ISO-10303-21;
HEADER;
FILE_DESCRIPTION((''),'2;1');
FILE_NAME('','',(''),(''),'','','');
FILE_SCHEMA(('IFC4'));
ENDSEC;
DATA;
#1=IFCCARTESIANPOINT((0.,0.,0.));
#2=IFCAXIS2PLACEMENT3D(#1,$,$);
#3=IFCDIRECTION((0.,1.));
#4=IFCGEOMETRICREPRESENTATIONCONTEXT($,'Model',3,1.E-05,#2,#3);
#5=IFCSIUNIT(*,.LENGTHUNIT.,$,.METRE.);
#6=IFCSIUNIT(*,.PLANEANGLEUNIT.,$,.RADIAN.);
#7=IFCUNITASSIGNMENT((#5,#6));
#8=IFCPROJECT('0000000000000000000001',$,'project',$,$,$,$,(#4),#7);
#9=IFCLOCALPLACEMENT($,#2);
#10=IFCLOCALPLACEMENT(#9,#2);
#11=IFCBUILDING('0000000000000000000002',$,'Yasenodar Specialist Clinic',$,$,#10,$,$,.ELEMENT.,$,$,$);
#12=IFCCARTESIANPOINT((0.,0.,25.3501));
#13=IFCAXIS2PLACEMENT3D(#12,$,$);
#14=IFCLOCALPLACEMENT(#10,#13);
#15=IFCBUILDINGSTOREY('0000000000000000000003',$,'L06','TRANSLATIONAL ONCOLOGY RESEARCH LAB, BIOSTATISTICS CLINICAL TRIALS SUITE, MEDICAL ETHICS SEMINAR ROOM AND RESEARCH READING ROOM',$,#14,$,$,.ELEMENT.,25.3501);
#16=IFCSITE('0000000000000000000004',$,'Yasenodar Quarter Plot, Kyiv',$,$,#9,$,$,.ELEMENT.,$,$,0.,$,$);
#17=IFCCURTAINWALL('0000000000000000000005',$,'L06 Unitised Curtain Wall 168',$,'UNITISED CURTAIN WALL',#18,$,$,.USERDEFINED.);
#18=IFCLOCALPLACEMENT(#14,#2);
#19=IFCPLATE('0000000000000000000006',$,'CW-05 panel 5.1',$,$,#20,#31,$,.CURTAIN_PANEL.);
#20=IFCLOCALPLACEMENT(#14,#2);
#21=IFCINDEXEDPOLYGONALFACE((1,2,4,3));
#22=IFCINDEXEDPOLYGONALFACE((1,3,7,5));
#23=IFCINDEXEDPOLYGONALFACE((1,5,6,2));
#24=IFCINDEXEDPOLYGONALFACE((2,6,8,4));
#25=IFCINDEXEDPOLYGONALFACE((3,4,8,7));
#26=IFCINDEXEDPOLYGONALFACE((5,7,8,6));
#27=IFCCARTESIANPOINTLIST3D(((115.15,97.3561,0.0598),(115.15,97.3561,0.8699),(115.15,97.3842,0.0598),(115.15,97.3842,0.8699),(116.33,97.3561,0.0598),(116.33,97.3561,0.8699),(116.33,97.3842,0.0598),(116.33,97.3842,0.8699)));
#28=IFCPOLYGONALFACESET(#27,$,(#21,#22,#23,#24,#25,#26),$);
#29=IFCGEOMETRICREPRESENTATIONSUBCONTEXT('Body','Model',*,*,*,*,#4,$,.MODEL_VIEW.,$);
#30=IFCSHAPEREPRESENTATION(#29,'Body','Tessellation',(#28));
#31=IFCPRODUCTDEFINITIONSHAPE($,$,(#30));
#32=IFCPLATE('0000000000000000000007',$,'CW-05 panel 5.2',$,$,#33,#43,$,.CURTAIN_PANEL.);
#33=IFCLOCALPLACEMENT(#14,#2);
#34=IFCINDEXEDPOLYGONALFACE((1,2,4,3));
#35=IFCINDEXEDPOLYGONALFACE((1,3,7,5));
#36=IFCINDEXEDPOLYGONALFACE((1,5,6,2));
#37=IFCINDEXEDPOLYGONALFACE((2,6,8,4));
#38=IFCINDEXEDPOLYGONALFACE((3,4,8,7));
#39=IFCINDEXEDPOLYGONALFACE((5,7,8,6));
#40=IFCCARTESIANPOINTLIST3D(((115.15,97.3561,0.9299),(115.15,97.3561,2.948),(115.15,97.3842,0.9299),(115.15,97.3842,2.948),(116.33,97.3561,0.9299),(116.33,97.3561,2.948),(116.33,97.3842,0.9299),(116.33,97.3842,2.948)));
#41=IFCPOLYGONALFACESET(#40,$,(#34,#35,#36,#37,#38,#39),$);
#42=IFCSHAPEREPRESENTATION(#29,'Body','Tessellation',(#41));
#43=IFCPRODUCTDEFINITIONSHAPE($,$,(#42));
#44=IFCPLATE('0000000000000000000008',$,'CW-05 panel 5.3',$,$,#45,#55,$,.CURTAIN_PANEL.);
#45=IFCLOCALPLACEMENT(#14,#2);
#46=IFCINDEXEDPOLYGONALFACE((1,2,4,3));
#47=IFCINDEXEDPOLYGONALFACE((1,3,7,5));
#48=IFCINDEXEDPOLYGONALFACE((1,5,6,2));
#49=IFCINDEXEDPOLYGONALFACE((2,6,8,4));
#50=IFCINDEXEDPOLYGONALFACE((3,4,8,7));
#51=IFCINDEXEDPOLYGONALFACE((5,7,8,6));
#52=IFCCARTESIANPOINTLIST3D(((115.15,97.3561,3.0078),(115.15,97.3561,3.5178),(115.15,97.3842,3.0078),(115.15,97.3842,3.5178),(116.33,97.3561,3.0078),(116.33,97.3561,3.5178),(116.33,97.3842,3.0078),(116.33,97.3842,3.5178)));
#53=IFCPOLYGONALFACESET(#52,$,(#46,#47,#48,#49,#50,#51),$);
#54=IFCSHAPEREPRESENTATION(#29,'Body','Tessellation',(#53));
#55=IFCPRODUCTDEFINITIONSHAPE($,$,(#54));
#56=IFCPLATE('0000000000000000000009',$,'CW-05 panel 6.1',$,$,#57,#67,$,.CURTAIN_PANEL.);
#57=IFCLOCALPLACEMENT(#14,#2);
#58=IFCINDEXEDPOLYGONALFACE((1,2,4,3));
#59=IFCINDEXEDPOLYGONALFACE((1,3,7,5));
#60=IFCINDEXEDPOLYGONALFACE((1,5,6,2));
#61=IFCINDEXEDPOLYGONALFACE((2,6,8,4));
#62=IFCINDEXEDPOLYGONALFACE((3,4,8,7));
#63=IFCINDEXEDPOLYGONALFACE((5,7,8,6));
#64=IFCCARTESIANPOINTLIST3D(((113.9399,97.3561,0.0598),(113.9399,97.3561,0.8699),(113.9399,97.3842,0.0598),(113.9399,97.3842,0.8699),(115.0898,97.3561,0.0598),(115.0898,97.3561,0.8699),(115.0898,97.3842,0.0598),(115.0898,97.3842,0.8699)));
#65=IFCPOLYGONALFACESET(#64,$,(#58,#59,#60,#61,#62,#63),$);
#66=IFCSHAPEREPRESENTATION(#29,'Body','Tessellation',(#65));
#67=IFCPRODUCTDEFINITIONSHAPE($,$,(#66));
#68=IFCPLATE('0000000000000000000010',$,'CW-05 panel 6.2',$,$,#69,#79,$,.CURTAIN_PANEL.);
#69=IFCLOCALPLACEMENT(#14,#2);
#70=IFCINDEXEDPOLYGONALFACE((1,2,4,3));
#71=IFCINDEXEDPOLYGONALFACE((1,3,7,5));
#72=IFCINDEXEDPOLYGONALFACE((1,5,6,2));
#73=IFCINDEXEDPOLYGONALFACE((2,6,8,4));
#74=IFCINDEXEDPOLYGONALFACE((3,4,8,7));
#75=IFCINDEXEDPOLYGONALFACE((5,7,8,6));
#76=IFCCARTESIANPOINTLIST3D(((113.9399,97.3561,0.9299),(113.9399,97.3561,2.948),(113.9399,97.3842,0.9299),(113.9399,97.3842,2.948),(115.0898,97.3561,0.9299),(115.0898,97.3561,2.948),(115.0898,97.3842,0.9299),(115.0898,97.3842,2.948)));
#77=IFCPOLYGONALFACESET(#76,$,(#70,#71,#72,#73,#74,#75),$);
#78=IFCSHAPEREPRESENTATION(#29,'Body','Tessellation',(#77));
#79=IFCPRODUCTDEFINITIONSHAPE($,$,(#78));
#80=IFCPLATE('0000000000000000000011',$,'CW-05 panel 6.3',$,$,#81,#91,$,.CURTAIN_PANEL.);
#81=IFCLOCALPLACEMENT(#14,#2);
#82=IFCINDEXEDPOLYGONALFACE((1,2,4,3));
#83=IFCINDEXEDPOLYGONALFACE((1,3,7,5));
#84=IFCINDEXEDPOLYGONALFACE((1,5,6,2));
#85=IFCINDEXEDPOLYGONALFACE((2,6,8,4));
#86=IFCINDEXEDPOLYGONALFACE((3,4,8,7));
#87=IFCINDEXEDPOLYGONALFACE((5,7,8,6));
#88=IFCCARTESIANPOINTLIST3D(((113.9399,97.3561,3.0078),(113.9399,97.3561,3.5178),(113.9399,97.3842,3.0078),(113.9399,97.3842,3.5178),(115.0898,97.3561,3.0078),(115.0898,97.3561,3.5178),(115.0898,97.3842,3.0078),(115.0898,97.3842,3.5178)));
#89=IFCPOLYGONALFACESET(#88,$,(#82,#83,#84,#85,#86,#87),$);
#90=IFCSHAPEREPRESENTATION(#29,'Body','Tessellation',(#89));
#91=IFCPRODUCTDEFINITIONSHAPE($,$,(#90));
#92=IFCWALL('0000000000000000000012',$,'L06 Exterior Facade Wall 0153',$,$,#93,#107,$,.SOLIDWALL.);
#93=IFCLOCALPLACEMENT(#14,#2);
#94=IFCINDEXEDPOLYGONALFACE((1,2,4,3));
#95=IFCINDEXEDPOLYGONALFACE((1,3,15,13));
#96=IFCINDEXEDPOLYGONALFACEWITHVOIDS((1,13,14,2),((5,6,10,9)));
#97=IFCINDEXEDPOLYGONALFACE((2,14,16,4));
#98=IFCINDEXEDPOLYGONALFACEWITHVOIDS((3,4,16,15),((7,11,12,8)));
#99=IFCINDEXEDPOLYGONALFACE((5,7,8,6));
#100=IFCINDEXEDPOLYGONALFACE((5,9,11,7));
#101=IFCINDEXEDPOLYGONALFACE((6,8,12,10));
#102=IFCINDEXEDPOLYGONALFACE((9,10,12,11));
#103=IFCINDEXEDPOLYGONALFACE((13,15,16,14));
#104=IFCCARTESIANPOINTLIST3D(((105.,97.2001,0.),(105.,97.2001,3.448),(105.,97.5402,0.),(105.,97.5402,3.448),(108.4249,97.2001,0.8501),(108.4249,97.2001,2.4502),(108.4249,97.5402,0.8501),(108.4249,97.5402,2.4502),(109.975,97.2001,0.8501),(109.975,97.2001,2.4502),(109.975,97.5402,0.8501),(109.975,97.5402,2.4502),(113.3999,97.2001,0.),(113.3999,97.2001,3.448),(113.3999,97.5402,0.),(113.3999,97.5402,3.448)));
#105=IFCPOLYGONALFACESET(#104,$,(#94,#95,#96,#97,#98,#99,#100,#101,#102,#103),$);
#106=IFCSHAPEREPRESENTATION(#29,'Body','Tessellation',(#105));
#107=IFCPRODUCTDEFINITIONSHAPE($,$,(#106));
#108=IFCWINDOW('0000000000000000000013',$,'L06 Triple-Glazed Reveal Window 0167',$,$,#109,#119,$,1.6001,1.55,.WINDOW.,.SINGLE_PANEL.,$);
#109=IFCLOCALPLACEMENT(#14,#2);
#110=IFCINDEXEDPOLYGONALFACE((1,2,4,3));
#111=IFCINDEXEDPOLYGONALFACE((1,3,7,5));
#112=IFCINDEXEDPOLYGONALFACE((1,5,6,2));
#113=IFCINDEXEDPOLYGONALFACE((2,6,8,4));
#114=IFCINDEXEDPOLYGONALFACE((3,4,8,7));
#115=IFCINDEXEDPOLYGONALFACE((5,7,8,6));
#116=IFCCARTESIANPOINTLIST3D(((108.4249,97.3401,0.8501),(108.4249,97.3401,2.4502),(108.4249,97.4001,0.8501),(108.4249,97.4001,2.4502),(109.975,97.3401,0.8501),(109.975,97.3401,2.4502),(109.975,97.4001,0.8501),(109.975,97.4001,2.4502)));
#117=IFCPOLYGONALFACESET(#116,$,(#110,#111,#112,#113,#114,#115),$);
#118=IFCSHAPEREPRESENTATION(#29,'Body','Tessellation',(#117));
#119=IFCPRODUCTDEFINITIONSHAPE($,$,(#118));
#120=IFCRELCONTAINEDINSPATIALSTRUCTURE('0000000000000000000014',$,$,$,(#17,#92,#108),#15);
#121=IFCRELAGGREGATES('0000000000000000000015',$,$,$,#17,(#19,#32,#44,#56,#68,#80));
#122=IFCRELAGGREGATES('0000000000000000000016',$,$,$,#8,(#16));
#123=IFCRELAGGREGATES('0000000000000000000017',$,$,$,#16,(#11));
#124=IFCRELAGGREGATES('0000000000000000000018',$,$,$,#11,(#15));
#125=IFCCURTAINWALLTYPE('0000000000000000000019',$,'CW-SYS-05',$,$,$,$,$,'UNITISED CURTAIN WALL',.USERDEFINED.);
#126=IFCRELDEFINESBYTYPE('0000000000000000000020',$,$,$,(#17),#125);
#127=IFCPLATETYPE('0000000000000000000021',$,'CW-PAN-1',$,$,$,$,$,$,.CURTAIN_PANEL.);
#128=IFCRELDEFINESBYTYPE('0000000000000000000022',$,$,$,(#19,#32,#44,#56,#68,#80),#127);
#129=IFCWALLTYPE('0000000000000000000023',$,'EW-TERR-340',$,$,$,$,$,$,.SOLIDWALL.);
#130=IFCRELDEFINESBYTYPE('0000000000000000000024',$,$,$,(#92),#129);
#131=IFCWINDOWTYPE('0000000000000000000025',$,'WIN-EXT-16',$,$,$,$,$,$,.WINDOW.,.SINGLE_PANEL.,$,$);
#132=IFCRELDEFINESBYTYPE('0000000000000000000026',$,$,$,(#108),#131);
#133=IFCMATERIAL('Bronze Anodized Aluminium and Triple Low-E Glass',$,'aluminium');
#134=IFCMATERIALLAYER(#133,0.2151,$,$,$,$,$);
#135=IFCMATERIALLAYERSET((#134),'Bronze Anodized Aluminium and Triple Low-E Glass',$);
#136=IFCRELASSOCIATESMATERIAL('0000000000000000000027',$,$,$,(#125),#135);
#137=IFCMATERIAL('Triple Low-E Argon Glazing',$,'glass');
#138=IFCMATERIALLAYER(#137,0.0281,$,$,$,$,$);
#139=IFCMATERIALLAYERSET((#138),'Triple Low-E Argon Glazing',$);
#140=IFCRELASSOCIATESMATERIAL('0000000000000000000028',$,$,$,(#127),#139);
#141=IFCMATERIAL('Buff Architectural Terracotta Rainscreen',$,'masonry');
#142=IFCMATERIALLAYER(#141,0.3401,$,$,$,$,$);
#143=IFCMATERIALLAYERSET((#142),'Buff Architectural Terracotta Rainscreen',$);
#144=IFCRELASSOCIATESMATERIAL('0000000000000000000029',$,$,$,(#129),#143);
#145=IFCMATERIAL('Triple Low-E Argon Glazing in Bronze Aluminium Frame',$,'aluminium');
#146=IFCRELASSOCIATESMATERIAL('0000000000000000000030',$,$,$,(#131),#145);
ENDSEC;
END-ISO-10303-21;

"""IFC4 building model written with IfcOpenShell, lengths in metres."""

from ifc_helpers import new_model, si_unit, direction, frame, frame_2d, origin, origin_2d, place, context, subcontext, project, spatial, rectangle, extrude, material, layer, layer_set, type_object, element, fill, aggregate, save


model = new_model("IFC4")

# Units and contexts
model_context = context("Model", 3, precision=1e-05, world=origin(), true_north=direction((0.0, 1.0)))
body_context = subcontext(model_context, "Body", "Model", "MODEL_VIEW")
ifc_project = project(units=[si_unit("LENGTHUNIT", "METRE"), si_unit("PLANEANGLEUNIT", "RADIAN")], contexts=[model_context])

# Site, building, storey
site_placement = place(None, origin())
site = spatial("IfcSite", under=ifc_project, at=site_placement, Name="Yasenodar Quarter Plot, Kyiv", CompositionType="ELEMENT", RefElevation=0.0)
building_placement = place(site_placement, origin())
building = spatial("IfcBuilding", under=site, at=building_placement, Name="Yasenodar Specialist Clinic", CompositionType="ELEMENT")
storey_placement = place(building_placement, frame((0.0, 0.0, 25.3501)))
storey = spatial("IfcBuildingStorey", under=building, at=storey_placement, Name="L06", Description="TRANSLATIONAL ONCOLOGY RESEARCH LAB, BIOSTATISTICS CLINICAL TRIALS SUITE, MEDICAL ETHICS SEMINAR ROOM AND RESEARCH READING ROOM", CompositionType="ELEMENT", Elevation=25.3501)

# Curtain wall, plates
ifc_material_1 = material(Name="Bronze Anodized Aluminium and Triple Low-E Glass", Category="aluminium")
ifc_layer_1 = layer(ifc_material_1, 0.2151)
ifc_layer_set_1 = layer_set([ifc_layer_1], Name="Bronze Anodized Aluminium and Triple Low-E Glass")
curtain_wall_type = type_object("IfcCurtainWallType", Name="CW-SYS-05", ElementType="UNITISED CURTAIN WALL", PredefinedType="USERDEFINED", material=ifc_layer_set_1)
curtain_wall_placement = place(storey_placement, origin())
curtain_wall = element("IfcCurtainWall", 1, at=curtain_wall_placement, inside=storey, type_object=curtain_wall_type, Name="L06 Unitised Curtain Wall 168", ObjectType="UNITISED CURTAIN WALL", PredefinedType="USERDEFINED")
ifc_material_2 = material(Name="Triple Low-E Argon Glazing", Category="glass")
ifc_layer_2 = layer(ifc_material_2, 0.0281)
ifc_layer_set_2 = layer_set([ifc_layer_2], Name="Triple Low-E Argon Glazing")
plate_type = type_object("IfcPlateType", Name="CW-PAN-1", PredefinedType="CURTAIN_PANEL", material=ifc_layer_set_2)
plate_1_placement = place(storey_placement, frame((115.74, 97.3701, 0.0598), z_axis=(0.0, 0.0, 1.0), x_axis=(-1.0, 0.0, 0.0)))
plate_1 = element("IfcPlate", 2, at=plate_1_placement, type_object=plate_type, Name="CW-05 panel 5.1", PredefinedType="CURTAIN_PANEL", context=body_context, shape_type="SweptSolid", body=[
    extrude(rectangle(XDim=1.1799, YDim=0.0281, at=origin_2d()), origin(), (0.0, 0.0, 1.0), 0.8101),
])
plate_2_placement = place(storey_placement, frame((115.74, 97.3701, 0.9299), z_axis=(0.0, 0.0, 1.0), x_axis=(-1.0, 0.0, 0.0)))
plate_2 = element("IfcPlate", 3, at=plate_2_placement, type_object=plate_type, Name="CW-05 panel 5.2", PredefinedType="CURTAIN_PANEL", context=body_context, shape_type="SweptSolid", body=[
    extrude(rectangle(XDim=1.1799, YDim=0.0281, at=origin_2d()), origin(), (0.0, 0.0, 1.0), 2.0181),
])
plate_3_placement = place(storey_placement, frame((115.74, 97.3701, 3.0078), z_axis=(0.0, 0.0, 1.0), x_axis=(-1.0, 0.0, 0.0)))
plate_3 = element("IfcPlate", 4, at=plate_3_placement, type_object=plate_type, Name="CW-05 panel 5.3", PredefinedType="CURTAIN_PANEL", context=body_context, shape_type="SweptSolid", body=[
    extrude(rectangle(XDim=1.1799, YDim=0.0281, at=origin_2d()), origin(), (0.0, 0.0, 1.0), 0.51),
])
plate_4_placement = place(storey_placement, frame((114.5149, 97.3701, 0.0598), z_axis=(0.0, 0.0, 1.0), x_axis=(-1.0, 0.0, 0.0)))
plate_4 = element("IfcPlate", 5, at=plate_4_placement, type_object=plate_type, Name="CW-05 panel 6.1", PredefinedType="CURTAIN_PANEL", context=body_context, shape_type="SweptSolid", body=[
    extrude(rectangle(XDim=1.1499, YDim=0.0281, at=origin_2d()), origin(), (0.0, 0.0, 1.0), 0.8101),
])
plate_5_placement = place(storey_placement, frame((114.5149, 97.3701, 0.9299), z_axis=(0.0, 0.0, 1.0), x_axis=(-1.0, 0.0, 0.0)))
plate_5 = element("IfcPlate", 6, at=plate_5_placement, type_object=plate_type, Name="CW-05 panel 6.2", PredefinedType="CURTAIN_PANEL", context=body_context, shape_type="SweptSolid", body=[
    extrude(rectangle(XDim=1.1499, YDim=0.0281, at=origin_2d()), origin(), (0.0, 0.0, 1.0), 2.0181),
])
plate_6_placement = place(storey_placement, frame((114.5149, 97.3701, 3.0078), z_axis=(0.0, 0.0, 1.0), x_axis=(-1.0, 0.0, 0.0)))
plate_6 = element("IfcPlate", 7, at=plate_6_placement, type_object=plate_type, Name="CW-05 panel 6.3", PredefinedType="CURTAIN_PANEL", context=body_context, shape_type="SweptSolid", body=[
    extrude(rectangle(XDim=1.1499, YDim=0.0281, at=origin_2d()), origin(), (0.0, 0.0, 1.0), 0.51),
])
aggregate(curtain_wall, [plate_1, plate_2, plate_3, plate_4, plate_5, plate_6])

# Wall, opening, window
ifc_material_3 = material(Name="Buff Architectural Terracotta Rainscreen", Category="masonry")
ifc_layer_3 = layer(ifc_material_3, 0.3401)
ifc_layer_set_3 = layer_set([ifc_layer_3], Name="Buff Architectural Terracotta Rainscreen")
wall_type = type_object("IfcWallType", Name="EW-TERR-340", PredefinedType="SOLIDWALL", material=ifc_layer_set_3)
wall_placement = place(storey_placement, frame((113.3999, 97.3701, 0.0), z_axis=(0.0, 0.0, 1.0), x_axis=(-1.0, 0.0, 0.0)))
wall = element("IfcWall", 8, at=wall_placement, inside=storey, type_object=wall_type, Name="L06 Exterior Facade Wall 0153", PredefinedType="SOLIDWALL", context=body_context, shape_type="SweptSolid", body=[
    extrude(rectangle(XDim=8.3999, YDim=0.3401, at=frame_2d((4.2, 0.0))), origin(), (0.0, 0.0, 1.0), 3.448),
])
opening_placement = place(wall_placement, frame((3.425, 0.0, 0.8501)))
opening = element("IfcOpeningElement", 9, at=opening_placement, cuts=wall, PredefinedType="OPENING", context=body_context, shape_type="SweptSolid", body=[
    extrude(rectangle(XDim=1.55, YDim=1.6001, at=frame_2d((0.7749, 0.8))), frame((0.0, 0.1802, 0.0), z_axis=(0.0, -1.0, 0.0), x_axis=(1.0, 0.0, 0.0)), (0.0, 0.0, 1.0), 0.3601),
])
ifc_material_4 = material(Name="Triple Low-E Argon Glazing in Bronze Aluminium Frame", Category="aluminium")
window_type = type_object("IfcWindowType", Name="WIN-EXT-16", PartitioningType="SINGLE_PANEL", PredefinedType="WINDOW", material=ifc_material_4)
window_placement = place(opening_placement, origin())
window = element("IfcWindow", 10, at=window_placement, inside=storey, type_object=window_type, Name="L06 Triple-Glazed Reveal Window 0167", OverallHeight=1.6001, OverallWidth=1.55, PartitioningType="SINGLE_PANEL", PredefinedType="WINDOW", context=body_context, shape_type="SweptSolid", body=[
    extrude(rectangle(XDim=1.55, YDim=1.6001, at=frame_2d((0.7749, 0.8))), frame((0.0, 0.03, 0.0), z_axis=(0.0, -1.0, 0.0), x_axis=(1.0, 0.0, 0.0)), (0.0, 0.0, 1.0), 0.0601),
])
fill(opening, window)

save(model, "model.ifc")
